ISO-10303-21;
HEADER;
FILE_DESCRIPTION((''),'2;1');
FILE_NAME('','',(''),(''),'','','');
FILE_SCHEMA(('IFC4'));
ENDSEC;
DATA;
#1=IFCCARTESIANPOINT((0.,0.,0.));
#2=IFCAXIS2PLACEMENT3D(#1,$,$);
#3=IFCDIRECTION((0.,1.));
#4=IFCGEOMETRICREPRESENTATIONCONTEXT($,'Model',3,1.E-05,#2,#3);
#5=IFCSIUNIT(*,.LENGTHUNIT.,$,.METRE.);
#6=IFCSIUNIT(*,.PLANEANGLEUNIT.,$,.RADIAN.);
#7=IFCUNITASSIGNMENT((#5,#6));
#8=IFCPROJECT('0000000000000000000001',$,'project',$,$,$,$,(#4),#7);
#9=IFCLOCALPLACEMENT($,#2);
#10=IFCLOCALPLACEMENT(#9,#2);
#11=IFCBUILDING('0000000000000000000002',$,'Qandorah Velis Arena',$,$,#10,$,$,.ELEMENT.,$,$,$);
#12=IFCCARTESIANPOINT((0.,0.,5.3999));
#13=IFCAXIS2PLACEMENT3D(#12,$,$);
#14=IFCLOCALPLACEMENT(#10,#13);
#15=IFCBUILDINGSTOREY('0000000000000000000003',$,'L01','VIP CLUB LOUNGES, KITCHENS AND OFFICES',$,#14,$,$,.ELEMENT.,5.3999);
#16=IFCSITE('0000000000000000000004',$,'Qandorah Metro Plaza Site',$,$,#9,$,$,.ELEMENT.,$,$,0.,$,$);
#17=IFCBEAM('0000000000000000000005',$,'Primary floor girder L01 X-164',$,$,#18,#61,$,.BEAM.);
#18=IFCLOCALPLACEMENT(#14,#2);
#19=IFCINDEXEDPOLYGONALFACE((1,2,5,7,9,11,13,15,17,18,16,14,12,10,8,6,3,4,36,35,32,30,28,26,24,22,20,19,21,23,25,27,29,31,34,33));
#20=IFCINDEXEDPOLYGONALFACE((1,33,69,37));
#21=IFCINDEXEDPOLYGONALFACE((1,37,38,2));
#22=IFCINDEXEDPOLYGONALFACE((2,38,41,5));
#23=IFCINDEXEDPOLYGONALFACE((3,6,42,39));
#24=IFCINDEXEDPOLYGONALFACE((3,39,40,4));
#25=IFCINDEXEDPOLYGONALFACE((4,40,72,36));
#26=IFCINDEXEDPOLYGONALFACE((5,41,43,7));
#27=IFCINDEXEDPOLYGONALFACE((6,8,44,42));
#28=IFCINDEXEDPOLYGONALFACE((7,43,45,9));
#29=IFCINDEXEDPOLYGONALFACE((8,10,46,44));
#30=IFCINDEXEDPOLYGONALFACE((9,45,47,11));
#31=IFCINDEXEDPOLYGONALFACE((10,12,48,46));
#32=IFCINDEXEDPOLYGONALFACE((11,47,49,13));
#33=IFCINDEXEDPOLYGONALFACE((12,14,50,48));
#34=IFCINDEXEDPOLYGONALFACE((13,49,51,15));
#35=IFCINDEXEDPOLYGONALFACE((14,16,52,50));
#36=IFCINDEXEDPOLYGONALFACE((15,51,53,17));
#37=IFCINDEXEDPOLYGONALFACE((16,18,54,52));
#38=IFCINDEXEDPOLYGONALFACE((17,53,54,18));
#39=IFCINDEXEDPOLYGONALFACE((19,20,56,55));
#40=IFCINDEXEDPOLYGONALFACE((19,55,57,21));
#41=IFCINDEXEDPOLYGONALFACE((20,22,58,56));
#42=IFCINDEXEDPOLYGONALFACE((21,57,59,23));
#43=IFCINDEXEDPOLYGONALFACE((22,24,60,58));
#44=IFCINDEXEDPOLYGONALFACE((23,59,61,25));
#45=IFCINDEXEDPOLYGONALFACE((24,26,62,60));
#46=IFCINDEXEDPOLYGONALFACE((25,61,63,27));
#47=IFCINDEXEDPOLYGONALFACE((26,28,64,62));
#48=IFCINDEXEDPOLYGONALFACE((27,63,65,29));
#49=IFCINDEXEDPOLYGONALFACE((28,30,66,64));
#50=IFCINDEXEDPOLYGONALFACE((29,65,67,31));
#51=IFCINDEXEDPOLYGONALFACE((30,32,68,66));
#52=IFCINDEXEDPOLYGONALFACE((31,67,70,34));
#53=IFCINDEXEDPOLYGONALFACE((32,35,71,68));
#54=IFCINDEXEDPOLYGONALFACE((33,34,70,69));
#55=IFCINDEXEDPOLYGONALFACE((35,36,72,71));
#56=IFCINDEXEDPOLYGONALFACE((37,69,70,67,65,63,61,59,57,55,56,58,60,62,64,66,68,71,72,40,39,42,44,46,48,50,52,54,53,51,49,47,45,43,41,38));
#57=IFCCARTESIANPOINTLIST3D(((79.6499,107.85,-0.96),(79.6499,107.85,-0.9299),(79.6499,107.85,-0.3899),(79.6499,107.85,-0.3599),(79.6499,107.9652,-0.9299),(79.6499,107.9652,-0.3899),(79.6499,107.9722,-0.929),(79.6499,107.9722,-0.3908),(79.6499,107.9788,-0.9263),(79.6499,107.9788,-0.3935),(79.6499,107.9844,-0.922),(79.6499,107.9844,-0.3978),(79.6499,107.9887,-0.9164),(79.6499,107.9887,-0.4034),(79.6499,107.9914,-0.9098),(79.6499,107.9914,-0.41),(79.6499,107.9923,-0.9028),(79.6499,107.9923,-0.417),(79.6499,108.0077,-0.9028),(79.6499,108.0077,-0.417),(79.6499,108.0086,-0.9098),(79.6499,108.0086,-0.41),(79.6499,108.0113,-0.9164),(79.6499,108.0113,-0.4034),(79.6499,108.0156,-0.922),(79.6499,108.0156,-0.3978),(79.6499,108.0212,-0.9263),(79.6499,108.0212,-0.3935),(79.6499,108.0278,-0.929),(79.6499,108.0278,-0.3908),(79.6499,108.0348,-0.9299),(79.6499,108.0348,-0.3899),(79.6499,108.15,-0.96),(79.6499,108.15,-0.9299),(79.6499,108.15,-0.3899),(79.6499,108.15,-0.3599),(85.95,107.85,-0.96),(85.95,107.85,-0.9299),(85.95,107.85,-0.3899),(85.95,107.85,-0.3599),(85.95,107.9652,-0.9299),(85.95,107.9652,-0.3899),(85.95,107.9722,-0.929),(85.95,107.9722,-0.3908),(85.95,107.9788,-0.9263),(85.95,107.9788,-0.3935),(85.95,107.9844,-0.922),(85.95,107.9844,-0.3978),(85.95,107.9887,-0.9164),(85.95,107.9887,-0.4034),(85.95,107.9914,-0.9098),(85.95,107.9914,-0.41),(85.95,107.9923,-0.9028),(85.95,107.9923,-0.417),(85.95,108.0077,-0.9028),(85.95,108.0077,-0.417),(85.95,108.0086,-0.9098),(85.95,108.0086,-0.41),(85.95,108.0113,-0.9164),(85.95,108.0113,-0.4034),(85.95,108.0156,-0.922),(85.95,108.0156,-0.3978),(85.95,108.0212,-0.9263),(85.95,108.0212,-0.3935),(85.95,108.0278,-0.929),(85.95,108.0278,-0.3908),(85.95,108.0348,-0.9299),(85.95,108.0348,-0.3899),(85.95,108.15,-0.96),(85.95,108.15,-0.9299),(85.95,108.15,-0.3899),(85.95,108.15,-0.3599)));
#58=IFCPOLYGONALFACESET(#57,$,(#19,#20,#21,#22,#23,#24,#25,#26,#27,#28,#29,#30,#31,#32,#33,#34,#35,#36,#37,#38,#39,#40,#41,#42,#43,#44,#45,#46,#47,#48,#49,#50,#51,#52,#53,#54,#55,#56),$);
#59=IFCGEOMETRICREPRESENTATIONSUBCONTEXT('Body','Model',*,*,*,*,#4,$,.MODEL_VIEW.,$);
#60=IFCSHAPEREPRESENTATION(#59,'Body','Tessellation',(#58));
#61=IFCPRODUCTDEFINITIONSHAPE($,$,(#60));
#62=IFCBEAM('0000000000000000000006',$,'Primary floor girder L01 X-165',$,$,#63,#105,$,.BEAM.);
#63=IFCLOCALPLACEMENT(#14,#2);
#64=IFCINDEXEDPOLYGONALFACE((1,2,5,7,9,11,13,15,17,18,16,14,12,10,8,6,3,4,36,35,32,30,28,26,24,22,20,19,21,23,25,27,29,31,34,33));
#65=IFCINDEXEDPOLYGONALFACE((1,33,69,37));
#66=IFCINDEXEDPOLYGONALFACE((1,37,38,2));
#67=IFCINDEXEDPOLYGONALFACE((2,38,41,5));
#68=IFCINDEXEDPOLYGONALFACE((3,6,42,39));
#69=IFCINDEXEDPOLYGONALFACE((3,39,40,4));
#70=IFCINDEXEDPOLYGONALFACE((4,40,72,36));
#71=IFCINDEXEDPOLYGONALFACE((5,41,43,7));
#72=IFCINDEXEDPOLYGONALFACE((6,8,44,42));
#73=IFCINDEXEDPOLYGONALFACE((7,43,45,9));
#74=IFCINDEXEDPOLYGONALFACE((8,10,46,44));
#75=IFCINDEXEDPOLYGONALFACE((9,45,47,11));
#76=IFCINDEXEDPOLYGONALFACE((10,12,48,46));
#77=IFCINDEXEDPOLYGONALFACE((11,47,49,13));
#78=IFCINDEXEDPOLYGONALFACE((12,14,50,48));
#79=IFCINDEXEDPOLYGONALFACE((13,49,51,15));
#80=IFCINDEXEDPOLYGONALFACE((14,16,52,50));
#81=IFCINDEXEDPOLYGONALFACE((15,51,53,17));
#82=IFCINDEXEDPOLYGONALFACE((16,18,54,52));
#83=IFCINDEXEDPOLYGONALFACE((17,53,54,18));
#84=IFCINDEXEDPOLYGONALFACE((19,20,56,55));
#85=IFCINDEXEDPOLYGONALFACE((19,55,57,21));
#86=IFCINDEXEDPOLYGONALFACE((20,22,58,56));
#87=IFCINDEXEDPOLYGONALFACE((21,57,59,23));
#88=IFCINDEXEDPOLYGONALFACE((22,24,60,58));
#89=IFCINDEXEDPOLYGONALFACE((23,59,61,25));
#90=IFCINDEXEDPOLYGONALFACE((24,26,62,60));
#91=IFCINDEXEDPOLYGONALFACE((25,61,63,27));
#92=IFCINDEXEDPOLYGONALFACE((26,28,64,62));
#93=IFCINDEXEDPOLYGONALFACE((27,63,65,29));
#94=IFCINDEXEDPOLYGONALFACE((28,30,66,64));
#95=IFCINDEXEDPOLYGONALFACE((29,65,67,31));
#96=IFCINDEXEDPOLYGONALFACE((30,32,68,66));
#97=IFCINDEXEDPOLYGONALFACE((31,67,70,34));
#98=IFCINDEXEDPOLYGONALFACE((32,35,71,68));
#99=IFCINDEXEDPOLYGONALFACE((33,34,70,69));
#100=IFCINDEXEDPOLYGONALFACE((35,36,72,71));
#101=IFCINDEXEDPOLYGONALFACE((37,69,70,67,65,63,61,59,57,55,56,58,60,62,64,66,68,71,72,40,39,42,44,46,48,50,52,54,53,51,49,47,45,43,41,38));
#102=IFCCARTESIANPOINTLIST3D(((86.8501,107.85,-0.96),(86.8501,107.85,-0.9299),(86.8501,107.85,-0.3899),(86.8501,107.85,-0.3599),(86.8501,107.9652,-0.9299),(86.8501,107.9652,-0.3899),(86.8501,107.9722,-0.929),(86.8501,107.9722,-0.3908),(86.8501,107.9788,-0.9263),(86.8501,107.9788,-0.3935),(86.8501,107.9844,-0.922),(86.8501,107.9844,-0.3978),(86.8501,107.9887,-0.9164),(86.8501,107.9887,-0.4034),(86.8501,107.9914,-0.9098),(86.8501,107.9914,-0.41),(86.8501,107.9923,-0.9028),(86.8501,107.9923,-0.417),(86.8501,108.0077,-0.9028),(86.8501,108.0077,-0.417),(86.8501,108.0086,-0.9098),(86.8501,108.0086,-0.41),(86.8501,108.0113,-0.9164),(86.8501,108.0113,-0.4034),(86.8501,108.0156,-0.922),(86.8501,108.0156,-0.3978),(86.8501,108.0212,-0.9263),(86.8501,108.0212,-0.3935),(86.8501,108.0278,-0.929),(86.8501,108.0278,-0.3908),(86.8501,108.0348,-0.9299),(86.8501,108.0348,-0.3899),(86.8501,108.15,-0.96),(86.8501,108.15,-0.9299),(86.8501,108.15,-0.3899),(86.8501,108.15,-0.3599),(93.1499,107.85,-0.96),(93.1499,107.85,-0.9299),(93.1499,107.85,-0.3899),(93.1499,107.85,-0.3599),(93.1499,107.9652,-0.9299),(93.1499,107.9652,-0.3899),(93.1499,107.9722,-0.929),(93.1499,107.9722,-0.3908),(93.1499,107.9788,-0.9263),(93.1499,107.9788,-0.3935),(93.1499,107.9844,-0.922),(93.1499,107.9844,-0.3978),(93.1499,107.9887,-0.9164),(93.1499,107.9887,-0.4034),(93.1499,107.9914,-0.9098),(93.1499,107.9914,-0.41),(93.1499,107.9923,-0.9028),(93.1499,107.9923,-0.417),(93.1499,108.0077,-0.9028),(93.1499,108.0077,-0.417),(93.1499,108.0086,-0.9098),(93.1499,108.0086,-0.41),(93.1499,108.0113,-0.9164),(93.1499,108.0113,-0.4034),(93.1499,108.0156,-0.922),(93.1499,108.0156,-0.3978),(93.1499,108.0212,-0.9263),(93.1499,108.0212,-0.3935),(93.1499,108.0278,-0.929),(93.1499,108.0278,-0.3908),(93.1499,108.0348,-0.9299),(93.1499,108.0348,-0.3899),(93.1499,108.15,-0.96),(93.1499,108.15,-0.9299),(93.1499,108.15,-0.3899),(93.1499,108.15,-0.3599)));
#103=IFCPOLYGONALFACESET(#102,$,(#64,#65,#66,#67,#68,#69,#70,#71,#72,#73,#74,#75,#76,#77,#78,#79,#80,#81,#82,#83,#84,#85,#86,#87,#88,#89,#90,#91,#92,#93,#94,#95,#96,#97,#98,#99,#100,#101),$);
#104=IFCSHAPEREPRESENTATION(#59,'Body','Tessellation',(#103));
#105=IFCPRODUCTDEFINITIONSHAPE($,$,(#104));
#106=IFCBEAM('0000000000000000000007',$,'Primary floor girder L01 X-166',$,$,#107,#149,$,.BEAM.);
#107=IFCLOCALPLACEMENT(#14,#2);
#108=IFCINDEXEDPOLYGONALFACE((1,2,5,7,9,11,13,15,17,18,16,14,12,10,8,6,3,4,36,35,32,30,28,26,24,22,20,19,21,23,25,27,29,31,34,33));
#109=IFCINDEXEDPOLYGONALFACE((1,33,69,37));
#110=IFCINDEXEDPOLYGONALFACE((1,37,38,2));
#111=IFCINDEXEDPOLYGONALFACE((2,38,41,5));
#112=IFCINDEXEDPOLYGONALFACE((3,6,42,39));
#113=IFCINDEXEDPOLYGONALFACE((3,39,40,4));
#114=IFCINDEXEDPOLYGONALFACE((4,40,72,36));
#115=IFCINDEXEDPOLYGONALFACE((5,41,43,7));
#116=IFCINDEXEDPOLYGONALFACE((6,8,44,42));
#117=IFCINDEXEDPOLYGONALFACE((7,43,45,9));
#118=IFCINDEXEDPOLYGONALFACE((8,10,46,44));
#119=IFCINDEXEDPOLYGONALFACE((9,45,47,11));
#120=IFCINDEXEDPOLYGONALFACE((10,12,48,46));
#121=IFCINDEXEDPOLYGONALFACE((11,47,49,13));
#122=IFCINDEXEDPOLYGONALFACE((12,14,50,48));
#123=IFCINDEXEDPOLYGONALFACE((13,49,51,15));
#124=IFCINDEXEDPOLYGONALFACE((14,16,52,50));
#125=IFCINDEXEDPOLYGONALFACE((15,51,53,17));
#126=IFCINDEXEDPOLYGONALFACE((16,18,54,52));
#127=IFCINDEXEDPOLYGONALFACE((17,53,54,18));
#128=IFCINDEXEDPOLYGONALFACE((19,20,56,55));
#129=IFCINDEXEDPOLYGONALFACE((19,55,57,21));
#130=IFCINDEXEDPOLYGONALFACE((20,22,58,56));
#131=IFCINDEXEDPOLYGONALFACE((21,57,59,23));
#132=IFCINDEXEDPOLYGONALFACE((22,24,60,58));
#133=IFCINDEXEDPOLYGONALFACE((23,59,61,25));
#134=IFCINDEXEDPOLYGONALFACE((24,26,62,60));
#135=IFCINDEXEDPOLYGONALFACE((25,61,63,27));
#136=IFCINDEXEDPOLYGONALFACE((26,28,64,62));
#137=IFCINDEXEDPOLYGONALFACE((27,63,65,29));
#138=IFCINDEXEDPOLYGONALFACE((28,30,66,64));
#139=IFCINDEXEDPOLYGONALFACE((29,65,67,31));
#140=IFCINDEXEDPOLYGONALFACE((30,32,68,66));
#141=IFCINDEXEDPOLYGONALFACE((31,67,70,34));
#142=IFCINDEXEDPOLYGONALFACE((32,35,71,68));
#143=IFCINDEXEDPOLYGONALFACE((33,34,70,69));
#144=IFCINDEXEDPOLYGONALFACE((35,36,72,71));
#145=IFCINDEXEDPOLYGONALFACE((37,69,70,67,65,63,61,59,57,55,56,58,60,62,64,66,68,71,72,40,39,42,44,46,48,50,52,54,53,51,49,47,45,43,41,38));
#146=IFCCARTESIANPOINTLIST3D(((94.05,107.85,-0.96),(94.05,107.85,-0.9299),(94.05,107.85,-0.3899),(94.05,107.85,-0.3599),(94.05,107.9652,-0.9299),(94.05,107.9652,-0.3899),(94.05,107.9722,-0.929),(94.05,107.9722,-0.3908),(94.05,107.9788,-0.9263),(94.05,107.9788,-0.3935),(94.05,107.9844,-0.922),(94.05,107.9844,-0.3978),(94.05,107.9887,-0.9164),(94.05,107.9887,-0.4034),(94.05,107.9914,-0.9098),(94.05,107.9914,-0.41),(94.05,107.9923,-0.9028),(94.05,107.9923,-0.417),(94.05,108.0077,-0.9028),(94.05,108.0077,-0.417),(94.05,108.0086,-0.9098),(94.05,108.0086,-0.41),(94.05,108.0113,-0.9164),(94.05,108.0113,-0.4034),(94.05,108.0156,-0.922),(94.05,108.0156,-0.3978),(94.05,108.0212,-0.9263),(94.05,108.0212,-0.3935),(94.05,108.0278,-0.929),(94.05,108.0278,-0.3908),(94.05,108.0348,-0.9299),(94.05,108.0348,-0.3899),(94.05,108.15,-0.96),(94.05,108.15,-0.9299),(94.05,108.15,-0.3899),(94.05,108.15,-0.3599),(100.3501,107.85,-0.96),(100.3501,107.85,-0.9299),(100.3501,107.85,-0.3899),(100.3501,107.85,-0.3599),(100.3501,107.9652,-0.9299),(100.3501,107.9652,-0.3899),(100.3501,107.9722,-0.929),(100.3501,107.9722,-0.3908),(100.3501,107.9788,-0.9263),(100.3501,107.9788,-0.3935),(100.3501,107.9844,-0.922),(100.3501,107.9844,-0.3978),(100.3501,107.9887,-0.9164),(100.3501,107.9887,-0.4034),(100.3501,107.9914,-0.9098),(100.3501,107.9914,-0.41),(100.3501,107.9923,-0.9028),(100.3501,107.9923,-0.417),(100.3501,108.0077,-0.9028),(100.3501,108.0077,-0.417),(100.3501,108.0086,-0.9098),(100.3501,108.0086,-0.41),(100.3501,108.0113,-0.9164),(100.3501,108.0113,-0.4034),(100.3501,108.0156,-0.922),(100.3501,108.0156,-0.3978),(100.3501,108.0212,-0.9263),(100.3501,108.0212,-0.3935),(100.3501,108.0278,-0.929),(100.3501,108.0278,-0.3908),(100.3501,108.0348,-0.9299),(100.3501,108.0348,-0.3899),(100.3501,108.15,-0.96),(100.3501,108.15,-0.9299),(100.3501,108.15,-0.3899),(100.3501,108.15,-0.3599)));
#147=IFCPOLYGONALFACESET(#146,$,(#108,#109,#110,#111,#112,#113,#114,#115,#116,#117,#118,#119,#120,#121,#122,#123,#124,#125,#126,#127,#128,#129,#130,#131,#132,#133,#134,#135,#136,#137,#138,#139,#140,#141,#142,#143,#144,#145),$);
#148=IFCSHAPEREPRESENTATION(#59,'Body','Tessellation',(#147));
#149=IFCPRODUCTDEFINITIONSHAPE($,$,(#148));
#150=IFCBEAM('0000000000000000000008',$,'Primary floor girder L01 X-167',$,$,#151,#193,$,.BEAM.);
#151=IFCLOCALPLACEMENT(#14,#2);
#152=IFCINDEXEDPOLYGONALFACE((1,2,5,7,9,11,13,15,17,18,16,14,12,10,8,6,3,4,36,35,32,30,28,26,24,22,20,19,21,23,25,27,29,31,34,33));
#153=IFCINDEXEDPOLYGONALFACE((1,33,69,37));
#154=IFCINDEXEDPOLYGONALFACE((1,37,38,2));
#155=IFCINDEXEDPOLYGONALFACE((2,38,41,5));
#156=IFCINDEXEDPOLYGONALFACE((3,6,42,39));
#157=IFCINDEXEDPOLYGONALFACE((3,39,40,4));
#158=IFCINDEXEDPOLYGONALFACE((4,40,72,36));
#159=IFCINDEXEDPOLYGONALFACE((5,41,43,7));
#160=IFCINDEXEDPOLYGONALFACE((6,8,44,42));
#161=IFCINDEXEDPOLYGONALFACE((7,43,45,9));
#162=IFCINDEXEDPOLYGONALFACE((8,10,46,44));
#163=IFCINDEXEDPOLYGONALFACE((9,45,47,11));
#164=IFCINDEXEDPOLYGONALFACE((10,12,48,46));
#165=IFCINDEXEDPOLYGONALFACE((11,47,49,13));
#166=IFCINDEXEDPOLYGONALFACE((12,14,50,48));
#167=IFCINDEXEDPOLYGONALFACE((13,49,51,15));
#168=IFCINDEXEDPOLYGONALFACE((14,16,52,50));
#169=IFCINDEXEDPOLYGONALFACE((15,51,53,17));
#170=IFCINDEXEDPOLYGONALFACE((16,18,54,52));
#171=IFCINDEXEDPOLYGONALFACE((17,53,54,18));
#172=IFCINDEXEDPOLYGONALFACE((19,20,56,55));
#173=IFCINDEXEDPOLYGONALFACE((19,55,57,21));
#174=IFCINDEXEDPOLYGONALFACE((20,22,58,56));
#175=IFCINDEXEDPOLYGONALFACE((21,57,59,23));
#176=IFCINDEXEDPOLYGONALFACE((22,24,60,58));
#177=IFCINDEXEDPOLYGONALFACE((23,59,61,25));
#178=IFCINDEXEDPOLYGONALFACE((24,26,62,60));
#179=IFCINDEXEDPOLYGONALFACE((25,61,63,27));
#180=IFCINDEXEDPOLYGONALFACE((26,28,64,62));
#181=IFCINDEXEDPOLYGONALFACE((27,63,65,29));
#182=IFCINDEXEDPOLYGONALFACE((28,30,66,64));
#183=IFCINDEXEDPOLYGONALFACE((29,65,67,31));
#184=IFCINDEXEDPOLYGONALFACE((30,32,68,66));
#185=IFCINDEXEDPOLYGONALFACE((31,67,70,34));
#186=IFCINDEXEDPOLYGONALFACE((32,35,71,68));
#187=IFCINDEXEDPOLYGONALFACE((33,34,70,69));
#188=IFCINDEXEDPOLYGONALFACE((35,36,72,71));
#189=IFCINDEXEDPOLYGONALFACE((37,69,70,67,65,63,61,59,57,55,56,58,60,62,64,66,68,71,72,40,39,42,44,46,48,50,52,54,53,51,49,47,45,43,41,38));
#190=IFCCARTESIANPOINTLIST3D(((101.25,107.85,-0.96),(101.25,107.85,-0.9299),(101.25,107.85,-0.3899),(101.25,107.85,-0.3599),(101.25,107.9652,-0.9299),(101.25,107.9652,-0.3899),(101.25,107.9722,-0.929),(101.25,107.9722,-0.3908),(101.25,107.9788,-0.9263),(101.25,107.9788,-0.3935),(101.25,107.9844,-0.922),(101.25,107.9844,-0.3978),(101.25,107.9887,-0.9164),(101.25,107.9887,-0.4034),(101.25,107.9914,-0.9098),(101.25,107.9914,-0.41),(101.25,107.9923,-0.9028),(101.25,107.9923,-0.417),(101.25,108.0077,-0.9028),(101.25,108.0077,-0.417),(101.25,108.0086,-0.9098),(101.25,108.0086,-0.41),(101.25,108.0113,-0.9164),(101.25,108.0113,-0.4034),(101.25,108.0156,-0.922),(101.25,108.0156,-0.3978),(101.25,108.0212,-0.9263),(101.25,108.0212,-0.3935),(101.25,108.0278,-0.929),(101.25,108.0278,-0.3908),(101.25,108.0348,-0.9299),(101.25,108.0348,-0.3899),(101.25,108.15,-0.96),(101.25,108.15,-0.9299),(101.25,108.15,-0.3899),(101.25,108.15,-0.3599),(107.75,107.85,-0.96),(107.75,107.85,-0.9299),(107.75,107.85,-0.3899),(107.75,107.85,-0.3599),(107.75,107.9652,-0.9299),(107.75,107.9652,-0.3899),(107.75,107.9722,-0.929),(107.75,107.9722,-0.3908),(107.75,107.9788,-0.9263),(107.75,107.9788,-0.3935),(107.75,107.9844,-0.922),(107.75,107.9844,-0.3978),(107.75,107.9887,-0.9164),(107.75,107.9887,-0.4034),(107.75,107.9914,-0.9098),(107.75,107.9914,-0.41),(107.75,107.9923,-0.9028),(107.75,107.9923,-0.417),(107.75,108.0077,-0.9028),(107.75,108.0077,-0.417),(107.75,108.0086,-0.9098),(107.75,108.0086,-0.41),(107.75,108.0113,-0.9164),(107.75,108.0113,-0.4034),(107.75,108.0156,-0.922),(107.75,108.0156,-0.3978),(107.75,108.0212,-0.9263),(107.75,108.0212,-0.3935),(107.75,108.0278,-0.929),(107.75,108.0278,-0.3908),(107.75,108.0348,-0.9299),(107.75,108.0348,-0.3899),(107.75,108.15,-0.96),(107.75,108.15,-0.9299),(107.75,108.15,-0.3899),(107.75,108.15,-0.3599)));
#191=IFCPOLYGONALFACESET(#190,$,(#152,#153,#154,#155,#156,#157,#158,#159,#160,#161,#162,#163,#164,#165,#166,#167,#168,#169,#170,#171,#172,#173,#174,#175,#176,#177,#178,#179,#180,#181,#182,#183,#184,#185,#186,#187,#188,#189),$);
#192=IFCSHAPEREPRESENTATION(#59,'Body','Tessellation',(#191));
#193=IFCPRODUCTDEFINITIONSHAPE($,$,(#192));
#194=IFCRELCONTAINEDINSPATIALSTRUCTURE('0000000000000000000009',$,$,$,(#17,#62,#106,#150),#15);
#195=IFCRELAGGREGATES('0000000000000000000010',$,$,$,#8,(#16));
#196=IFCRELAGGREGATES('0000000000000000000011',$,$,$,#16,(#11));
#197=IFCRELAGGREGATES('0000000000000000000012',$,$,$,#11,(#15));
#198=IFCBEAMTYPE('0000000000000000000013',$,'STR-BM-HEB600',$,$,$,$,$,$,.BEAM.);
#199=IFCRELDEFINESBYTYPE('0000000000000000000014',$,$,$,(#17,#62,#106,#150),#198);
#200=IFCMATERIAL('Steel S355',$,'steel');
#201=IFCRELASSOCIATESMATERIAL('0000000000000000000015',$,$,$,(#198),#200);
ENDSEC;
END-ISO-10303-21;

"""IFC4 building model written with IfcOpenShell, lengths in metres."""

from ifc_helpers import new_model, si_unit, direction, frame, origin, origin_2d, place, context, subcontext, project, spatial, i_section, extrude, material, material_profile, profile_set, type_object, element, save


model = new_model("IFC4")

# Units and contexts
model_context = context("Model", 3, precision=1e-05, world=origin(), true_north=direction((0.0, 1.0)))
body_context = subcontext(model_context, "Body", "Model", "MODEL_VIEW")
ifc_project = project(units=[si_unit("LENGTHUNIT", "METRE"), si_unit("PLANEANGLEUNIT", "RADIAN")], contexts=[model_context])

# Site, building, storey
site_placement = place(None, origin())
site = spatial("IfcSite", under=ifc_project, at=site_placement, Name="Qandorah Metro Plaza Site", CompositionType="ELEMENT", RefElevation=0.0)
building_placement = place(site_placement, origin())
building = spatial("IfcBuilding", under=site, at=building_placement, Name="Qandorah Velis Arena", CompositionType="ELEMENT")
storey_placement = place(building_placement, frame((0.0, 0.0, 5.3999)))
storey = spatial("IfcBuildingStorey", under=building, at=storey_placement, Name="L01", Description="VIP CLUB LOUNGES, KITCHENS AND OFFICES", CompositionType="ELEMENT", Elevation=5.3999)

# Beams
ifc_material_1 = material(Name="Steel S355", Category="steel")
ifc_material_profile_1 = material_profile(ifc_material_1, i_section(OverallWidth=0.3, OverallDepth=0.6001, WebThickness=0.0154, FlangeThickness=0.03, FilletRadius=0.0271, at=origin_2d()), Name="HEB 600")
ifc_profile_set_1 = profile_set([ifc_material_profile_1], Name="Steel S355")
beam_type_1 = type_object("IfcBeamType", Name="STR-BM-HEB600", PredefinedType="BEAM", material=ifc_profile_set_1)
for number, where, z_axis, x_axis, name in (
    (1, (79.6499, 108.0, -0.6599), (1.0, 0.0, 0.0), (0.0, 1.0, 0.0), "Primary floor girder L01 X-164"),
):
    element("IfcBeam", number, at=place(storey_placement, frame(where, z_axis=z_axis, x_axis=x_axis)), inside=storey, type_object=beam_type_1, Name=name, PredefinedType="BEAM", context=body_context, shape_type="SweptSolid", body=[
        extrude(i_section(OverallWidth=0.3, OverallDepth=0.6001, WebThickness=0.0154, FlangeThickness=0.03, FilletRadius=0.0271, at=origin_2d()), origin(), (0.0, 0.0, 1.0), 6.3),
    ])
beam_1_placement = place(storey_placement, frame((86.8501, 108.0, -0.6599), z_axis=(1.0, 0.0, 0.0), x_axis=(0.0, 1.0, 0.0)))
element("IfcBeam", 2, at=beam_1_placement, inside=storey, type_object=beam_type_1, Name="Primary floor girder L01 X-165", PredefinedType="BEAM", context=body_context, shape_type="SweptSolid", body=[
    extrude(i_section(OverallWidth=0.3, OverallDepth=0.6001, WebThickness=0.0154, FlangeThickness=0.03, FilletRadius=0.0271, at=origin_2d()), origin(), (0.0, 0.0, 1.0), 6.2998),
])
beam_2_placement = place(storey_placement, frame((94.05, 108.0, -0.6599), z_axis=(1.0, 0.0, 0.0), x_axis=(0.0, 1.0, 0.0)))
element("IfcBeam", 3, at=beam_2_placement, inside=storey, type_object=beam_type_1, Name="Primary floor girder L01 X-166", PredefinedType="BEAM", context=body_context, shape_type="SweptSolid", body=[
    extrude(i_section(OverallWidth=0.3, OverallDepth=0.6001, WebThickness=0.0154, FlangeThickness=0.03, FilletRadius=0.0271, at=origin_2d()), origin(), (0.0, 0.0, 1.0), 6.3),
])
beam_3_placement = place(storey_placement, frame((101.25, 108.0, -0.6599), z_axis=(1.0, 0.0, 0.0), x_axis=(0.0, 1.0, 0.0)))
element("IfcBeam", 4, at=beam_3_placement, inside=storey, type_object=beam_type_1, Name="Primary floor girder L01 X-167", PredefinedType="BEAM", context=body_context, shape_type="SweptSolid", body=[
    extrude(i_section(OverallWidth=0.3, OverallDepth=0.6001, WebThickness=0.0154, FlangeThickness=0.03, FilletRadius=0.0271, at=origin_2d()), origin(), (0.0, 0.0, 1.0), 6.5),
])

save(model, "model.ifc")
